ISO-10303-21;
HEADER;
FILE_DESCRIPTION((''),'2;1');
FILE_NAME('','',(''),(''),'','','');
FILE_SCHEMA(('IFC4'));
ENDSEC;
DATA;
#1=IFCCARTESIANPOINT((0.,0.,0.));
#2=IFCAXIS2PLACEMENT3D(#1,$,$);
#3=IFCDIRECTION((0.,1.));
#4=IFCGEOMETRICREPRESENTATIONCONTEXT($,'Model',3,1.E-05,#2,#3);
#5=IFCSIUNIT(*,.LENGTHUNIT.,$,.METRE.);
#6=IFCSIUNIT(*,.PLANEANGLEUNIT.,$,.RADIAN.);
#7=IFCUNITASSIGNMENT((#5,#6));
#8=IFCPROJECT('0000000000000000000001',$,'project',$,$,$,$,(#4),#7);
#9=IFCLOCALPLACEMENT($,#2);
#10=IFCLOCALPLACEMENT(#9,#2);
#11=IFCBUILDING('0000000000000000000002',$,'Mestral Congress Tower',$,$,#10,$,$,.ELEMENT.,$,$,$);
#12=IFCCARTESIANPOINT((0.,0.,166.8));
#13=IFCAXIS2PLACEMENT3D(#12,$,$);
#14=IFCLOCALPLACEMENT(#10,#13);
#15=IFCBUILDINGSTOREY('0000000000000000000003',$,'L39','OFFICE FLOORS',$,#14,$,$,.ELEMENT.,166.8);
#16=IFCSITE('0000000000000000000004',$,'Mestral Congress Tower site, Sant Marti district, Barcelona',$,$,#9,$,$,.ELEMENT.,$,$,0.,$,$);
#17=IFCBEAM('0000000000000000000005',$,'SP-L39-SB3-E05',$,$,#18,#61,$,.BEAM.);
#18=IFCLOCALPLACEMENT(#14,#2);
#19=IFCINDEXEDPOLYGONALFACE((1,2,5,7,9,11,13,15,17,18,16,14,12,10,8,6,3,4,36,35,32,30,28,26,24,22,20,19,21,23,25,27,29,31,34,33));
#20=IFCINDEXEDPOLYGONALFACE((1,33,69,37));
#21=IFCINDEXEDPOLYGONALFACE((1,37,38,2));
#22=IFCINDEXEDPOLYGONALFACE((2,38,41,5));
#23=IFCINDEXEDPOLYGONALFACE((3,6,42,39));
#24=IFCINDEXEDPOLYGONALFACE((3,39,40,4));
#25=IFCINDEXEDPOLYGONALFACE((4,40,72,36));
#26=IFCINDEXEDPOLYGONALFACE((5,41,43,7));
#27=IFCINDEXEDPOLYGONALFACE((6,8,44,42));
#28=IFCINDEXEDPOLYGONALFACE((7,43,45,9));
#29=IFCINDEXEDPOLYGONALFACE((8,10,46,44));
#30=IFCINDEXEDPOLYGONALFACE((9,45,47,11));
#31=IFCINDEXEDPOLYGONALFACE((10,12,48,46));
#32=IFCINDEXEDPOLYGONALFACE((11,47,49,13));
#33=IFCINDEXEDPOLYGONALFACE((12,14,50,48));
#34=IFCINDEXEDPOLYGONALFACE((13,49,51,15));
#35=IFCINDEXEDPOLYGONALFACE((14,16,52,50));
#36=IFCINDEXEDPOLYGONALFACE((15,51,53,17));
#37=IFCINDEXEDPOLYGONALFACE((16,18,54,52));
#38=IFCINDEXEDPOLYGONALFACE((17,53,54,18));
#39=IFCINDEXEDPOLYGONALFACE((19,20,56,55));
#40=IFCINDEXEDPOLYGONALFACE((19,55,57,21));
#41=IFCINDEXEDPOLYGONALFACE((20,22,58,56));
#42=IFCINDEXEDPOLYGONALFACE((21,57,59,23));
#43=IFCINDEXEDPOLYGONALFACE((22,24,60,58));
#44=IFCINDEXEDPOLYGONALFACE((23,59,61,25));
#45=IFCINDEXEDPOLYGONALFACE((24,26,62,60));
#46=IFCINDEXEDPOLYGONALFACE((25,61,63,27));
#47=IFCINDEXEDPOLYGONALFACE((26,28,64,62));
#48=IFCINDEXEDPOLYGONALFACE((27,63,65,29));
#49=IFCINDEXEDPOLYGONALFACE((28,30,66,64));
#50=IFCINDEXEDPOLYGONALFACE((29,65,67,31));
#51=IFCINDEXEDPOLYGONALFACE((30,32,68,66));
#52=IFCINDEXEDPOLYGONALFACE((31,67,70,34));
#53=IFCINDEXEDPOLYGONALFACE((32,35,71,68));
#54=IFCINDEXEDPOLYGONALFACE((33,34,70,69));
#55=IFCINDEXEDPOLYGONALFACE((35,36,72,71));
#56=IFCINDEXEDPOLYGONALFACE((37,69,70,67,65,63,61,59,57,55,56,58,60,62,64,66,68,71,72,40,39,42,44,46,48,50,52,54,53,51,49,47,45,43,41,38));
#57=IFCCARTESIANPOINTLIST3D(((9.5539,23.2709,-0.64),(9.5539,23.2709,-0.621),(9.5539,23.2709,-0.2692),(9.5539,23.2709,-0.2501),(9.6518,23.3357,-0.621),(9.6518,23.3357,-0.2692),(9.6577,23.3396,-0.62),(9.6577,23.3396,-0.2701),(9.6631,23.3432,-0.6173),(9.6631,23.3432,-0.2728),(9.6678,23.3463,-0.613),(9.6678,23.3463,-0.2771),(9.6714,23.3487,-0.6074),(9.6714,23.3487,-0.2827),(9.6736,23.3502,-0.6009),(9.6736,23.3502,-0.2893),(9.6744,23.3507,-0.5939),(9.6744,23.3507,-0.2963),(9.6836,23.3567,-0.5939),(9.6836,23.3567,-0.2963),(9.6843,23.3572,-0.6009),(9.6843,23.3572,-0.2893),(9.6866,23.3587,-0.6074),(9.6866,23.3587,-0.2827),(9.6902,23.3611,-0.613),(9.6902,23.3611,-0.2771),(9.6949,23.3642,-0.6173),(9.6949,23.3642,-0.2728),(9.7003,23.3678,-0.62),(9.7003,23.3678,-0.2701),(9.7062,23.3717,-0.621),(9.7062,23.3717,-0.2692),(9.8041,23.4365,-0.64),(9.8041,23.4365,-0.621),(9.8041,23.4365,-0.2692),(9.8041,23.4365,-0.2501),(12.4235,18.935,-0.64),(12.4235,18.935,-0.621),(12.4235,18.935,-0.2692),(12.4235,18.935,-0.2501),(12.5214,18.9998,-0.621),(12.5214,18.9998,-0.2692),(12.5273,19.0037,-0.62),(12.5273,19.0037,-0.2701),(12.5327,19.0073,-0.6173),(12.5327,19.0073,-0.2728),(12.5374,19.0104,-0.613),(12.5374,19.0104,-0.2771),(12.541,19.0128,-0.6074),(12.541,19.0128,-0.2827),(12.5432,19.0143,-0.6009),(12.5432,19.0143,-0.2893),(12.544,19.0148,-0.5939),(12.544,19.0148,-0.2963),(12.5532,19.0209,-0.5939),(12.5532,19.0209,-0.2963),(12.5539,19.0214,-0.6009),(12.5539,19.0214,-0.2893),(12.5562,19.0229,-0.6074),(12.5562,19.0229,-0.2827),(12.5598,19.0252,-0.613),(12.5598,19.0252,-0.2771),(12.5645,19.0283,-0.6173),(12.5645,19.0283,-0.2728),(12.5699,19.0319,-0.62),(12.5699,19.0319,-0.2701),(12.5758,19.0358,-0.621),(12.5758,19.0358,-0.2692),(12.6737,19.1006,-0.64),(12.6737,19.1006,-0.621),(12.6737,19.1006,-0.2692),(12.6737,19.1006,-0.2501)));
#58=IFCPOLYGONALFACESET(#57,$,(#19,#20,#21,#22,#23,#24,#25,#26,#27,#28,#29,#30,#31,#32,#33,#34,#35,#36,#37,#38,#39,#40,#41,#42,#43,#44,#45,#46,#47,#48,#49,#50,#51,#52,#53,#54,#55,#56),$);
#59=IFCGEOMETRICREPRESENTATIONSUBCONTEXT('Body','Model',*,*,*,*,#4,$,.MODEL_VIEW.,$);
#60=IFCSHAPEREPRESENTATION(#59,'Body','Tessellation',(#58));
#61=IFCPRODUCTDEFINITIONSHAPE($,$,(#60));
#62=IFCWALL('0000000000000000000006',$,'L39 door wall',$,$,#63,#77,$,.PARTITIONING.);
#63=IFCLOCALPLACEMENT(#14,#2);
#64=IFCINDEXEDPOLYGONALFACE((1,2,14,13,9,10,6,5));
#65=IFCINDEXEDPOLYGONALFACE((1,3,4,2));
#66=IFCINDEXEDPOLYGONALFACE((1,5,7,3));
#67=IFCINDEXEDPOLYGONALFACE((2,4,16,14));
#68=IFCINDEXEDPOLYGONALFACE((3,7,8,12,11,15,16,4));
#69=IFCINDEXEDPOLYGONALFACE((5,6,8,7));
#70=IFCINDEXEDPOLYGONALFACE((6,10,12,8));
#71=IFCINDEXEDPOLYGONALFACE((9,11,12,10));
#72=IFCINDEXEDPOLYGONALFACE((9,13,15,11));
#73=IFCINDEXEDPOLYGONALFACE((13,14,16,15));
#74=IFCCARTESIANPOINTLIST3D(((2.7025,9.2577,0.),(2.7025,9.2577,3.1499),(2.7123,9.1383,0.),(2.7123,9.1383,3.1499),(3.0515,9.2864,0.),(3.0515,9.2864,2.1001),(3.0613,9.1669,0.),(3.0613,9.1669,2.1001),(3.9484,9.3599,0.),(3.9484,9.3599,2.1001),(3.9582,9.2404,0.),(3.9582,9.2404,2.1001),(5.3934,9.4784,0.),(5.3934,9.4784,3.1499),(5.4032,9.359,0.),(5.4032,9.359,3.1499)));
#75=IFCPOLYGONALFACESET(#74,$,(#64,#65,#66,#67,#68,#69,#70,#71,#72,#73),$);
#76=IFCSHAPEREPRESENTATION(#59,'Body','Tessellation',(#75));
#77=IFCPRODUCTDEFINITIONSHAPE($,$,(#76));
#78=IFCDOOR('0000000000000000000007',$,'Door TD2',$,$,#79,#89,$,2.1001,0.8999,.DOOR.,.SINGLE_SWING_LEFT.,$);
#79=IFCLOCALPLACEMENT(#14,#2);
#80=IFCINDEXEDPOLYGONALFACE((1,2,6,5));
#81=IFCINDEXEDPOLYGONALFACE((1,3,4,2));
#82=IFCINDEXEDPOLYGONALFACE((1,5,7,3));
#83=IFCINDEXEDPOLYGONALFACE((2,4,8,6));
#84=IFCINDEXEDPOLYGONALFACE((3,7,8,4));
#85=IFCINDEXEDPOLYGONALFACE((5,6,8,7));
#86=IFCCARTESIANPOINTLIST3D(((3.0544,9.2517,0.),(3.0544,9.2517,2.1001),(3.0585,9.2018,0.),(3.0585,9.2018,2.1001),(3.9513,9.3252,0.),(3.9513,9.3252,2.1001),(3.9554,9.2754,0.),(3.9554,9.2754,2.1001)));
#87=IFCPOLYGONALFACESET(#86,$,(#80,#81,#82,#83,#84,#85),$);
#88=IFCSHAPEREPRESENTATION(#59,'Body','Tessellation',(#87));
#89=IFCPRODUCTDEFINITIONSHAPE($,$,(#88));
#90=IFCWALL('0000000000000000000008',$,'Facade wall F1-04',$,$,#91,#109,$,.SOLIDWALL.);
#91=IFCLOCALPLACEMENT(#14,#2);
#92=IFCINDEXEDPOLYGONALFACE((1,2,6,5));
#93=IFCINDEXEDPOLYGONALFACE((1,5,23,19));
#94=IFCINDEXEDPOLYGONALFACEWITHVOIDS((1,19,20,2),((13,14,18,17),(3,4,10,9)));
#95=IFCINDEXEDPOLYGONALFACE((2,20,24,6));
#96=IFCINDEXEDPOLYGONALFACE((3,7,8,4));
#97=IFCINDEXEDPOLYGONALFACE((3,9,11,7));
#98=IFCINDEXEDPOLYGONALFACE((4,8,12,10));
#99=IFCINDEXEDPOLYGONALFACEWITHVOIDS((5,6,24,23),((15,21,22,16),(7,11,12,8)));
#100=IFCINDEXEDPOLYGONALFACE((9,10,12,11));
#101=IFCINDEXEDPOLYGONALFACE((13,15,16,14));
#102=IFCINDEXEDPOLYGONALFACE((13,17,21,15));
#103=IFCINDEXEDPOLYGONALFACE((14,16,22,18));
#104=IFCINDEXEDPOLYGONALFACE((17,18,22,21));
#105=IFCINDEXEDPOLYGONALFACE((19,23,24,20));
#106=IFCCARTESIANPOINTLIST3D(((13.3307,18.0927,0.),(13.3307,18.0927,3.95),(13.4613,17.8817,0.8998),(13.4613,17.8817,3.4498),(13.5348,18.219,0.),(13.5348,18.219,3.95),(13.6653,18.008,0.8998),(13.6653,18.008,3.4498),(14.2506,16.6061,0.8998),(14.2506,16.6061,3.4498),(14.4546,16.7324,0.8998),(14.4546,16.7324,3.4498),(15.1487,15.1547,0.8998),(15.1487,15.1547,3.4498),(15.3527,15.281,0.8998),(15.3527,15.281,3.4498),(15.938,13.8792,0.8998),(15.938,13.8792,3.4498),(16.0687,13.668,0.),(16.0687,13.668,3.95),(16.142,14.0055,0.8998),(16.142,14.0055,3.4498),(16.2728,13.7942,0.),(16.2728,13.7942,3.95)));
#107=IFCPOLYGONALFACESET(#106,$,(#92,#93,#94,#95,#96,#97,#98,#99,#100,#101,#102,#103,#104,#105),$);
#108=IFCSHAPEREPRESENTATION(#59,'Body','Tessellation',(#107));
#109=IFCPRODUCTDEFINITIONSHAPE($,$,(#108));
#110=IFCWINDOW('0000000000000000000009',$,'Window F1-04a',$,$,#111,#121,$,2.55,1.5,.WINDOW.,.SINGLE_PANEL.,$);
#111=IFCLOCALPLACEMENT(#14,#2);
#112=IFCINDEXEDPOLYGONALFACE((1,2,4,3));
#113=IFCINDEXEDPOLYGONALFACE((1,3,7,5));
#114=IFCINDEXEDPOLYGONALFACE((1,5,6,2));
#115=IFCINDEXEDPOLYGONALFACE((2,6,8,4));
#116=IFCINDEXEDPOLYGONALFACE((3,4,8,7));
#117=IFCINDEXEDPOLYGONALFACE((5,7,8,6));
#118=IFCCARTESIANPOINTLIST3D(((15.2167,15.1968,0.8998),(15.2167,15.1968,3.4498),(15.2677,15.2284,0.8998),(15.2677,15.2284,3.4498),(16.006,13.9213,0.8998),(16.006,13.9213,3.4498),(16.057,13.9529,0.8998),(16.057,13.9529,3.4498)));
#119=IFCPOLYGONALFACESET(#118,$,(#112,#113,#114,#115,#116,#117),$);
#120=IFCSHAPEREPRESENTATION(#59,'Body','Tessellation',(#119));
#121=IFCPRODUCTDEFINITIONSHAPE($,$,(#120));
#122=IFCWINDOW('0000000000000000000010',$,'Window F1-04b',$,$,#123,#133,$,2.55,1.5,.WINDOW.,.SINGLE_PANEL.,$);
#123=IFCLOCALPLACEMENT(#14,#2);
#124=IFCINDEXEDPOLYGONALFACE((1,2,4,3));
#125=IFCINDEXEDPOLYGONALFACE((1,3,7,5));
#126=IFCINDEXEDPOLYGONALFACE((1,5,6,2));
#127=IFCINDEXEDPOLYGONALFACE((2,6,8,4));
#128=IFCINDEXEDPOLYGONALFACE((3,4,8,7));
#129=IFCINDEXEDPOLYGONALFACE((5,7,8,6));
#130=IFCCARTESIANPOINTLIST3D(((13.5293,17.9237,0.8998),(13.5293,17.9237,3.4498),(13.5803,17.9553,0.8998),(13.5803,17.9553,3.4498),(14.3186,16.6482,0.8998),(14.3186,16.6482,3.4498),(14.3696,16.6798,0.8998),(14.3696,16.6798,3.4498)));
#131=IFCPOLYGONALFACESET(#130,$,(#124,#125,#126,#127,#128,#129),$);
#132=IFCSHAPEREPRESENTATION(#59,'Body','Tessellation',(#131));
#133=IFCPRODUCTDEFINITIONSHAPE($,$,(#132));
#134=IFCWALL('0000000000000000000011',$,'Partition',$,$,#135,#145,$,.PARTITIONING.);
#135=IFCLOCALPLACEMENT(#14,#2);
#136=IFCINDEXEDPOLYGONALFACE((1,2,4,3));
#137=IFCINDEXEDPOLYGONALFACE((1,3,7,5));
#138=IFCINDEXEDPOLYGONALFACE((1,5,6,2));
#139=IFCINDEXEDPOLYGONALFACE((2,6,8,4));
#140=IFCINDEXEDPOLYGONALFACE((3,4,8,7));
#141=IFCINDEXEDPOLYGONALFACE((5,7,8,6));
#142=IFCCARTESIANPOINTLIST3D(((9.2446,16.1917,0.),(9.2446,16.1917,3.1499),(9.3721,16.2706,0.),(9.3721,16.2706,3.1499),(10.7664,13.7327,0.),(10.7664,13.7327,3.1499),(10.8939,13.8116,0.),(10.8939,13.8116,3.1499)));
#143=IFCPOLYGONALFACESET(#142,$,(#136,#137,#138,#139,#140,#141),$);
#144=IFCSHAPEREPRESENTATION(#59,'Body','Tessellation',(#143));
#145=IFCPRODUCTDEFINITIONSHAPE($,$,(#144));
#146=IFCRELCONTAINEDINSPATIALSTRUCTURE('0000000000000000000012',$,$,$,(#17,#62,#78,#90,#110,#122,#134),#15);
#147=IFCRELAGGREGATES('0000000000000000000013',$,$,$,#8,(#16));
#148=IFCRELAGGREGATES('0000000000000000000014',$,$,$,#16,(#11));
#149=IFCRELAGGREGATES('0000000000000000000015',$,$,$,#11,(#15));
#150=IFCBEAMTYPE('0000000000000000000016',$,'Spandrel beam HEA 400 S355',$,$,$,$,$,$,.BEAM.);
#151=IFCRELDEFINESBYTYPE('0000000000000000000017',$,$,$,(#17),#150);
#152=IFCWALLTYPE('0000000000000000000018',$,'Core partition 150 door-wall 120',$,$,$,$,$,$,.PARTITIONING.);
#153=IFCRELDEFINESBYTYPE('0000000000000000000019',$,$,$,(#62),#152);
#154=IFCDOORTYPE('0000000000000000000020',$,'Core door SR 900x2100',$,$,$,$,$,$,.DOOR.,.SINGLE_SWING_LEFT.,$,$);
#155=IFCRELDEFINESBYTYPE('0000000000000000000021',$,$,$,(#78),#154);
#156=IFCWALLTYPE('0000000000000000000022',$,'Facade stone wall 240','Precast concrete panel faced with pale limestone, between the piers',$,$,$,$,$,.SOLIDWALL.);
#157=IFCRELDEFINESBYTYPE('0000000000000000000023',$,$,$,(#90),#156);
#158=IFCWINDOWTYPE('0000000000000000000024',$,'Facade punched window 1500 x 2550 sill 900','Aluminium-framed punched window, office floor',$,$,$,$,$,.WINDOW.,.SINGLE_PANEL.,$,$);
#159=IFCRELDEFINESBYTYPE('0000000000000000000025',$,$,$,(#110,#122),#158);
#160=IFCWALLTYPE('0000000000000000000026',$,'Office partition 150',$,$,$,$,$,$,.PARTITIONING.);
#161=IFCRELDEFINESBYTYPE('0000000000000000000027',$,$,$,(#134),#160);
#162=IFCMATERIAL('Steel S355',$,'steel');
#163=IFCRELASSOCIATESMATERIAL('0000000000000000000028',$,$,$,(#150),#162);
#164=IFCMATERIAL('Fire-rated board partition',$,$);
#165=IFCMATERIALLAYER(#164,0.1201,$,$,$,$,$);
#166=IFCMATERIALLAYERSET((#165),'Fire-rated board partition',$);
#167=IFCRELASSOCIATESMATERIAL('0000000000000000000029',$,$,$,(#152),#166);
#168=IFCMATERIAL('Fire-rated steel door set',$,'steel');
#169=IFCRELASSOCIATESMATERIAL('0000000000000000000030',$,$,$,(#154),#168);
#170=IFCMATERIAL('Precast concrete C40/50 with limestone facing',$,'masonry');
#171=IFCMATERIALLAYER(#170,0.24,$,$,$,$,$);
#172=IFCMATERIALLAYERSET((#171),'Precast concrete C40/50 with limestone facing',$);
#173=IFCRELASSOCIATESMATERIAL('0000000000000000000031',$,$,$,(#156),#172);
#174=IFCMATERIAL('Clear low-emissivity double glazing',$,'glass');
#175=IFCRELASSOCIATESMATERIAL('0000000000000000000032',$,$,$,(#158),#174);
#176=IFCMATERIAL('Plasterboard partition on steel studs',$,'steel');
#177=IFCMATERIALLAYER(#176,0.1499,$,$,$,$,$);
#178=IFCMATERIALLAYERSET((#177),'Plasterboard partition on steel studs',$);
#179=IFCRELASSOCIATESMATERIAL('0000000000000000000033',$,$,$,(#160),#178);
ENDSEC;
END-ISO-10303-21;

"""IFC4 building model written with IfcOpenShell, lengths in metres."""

from ifc_helpers import new_model, si_unit, direction, frame, frame_2d, origin, origin_2d, place, context, subcontext, project, spatial, rectangle, i_section, extrude, material, layer, layer_set, material_profile, profile_set, type_object, element, fill, save


model = new_model("IFC4")

# Units and contexts
model_context = context("Model", 3, precision=1e-05, world=origin(), true_north=direction((0.0, 1.0)))
body_context = subcontext(model_context, "Body", "Model", "MODEL_VIEW")
ifc_project = project(units=[si_unit("LENGTHUNIT", "METRE"), si_unit("PLANEANGLEUNIT", "RADIAN")], contexts=[model_context])

# Site, building, storey
site_placement = place(None, origin())
site = spatial("IfcSite", under=ifc_project, at=site_placement, Name="Mestral Congress Tower site, Sant Marti district, Barcelona", CompositionType="ELEMENT", RefElevation=0.0)
building_placement = place(site_placement, origin())
building = spatial("IfcBuilding", under=site, at=building_placement, Name="Mestral Congress Tower", CompositionType="ELEMENT")
storey_placement = place(building_placement, frame((0.0, 0.0, 166.8)))
storey = spatial("IfcBuildingStorey", under=building, at=storey_placement, Name="L39", Description="OFFICE FLOORS", CompositionType="ELEMENT", Elevation=166.8)

# Beam
ifc_material_1 = material(Name="Steel S355", Category="steel")
ifc_material_profile_1 = material_profile(ifc_material_1, i_section(OverallWidth=0.3, OverallDepth=0.3899, WebThickness=0.011, FlangeThickness=0.019, FilletRadius=0.0271, at=origin_2d()), Name="HEA 400")
ifc_profile_set_1 = profile_set([ifc_material_profile_1], Name="Steel S355")
beam_type_1 = type_object("IfcBeamType", Name="Spandrel beam HEA 400 S355", PredefinedType="BEAM", material=ifc_profile_set_1)
for number, where, z_axis, x_axis, name in (
    (1, (12.5486, 19.0178, -0.4451), (-0.551901, 0.833909, 0.0), (-0.833909, -0.551901, 0.0), "SP-L39-SB3-E05"),
):
    element("IfcBeam", number, at=place(storey_placement, frame(where, z_axis=z_axis, x_axis=x_axis)), inside=storey, type_object=beam_type_1, Name=name, PredefinedType="BEAM", context=body_context, shape_type="SweptSolid", body=[
        extrude(i_section(OverallWidth=0.3, OverallDepth=0.3899, WebThickness=0.011, FlangeThickness=0.019, FilletRadius=0.0271, at=origin_2d()), origin(), (0.0, 0.0, 1.0), 5.1995),
    ])

# Wall, opening, door
ifc_material_2 = material(Name="Fire-rated board partition")
ifc_layer_1 = layer(ifc_material_2, 0.1201)
ifc_layer_set_1 = layer_set([ifc_layer_1], Name="Fire-rated board partition")
wall_type_1 = type_object("IfcWallType", Name="Core partition 150 door-wall 120", PredefinedType="PARTITIONING", material=ifc_layer_set_1)
wall_1_placement = place(storey_placement, frame((5.3984, 9.4187, 0.0), z_axis=(0.0, 0.0, 1.0), x_axis=(-0.996653, -0.081743, 0.0)))
wall_1 = element("IfcWall", 2, at=wall_1_placement, inside=storey, type_object=wall_type_1, Name="L39 door wall", PredefinedType="PARTITIONING", context=body_context, shape_type="SweptSolid", body=[
    extrude(rectangle(XDim=2.7, YDim=0.1199, at=frame_2d((1.3501, 0.0))), origin(), (0.0, 0.0, 1.0), 3.1499),
])
opening_1_placement = place(wall_1_placement, frame((1.45, 0.0, 0.0)))
opening_1 = element("IfcOpeningElement", 3, at=opening_1_placement, cuts=wall_1, PredefinedType="OPENING", context=body_context, shape_type="SweptSolid", body=[
    extrude(rectangle(XDim=0.8999, YDim=2.1001, at=frame_2d((0.45, 1.05))), frame((0.0, 0.0698, 0.0), z_axis=(0.0, -1.0, 0.0), x_axis=(1.0, 0.0, 0.0)), (0.0, 0.0, 1.0), 0.1399),
])
ifc_material_3 = material(Name="Fire-rated steel door set", Category="steel")
door_type_1 = type_object("IfcDoorType", Name="Core door SR 900x2100", OperationType="SINGLE_SWING_LEFT", PredefinedType="DOOR", material=ifc_material_3)
door_1_placement = place(opening_1_placement, origin())
door_1 = element("IfcDoor", 4, at=door_1_placement, inside=storey, type_object=door_type_1, Name="Door TD2", OperationType="SINGLE_SWING_LEFT", OverallHeight=2.1001, OverallWidth=0.8999, PredefinedType="DOOR", context=body_context, shape_type="SweptSolid", body=[
    extrude(rectangle(XDim=0.8999, YDim=2.1001, at=frame_2d((0.45, 1.05))), frame((0.0, 0.0249, 0.0), z_axis=(0.0, -1.0, 0.0), x_axis=(1.0, 0.0, 0.0)), (0.0, 0.0, 1.0), 0.05),
])
fill(opening_1, door_1)

# Wall, openings, windows
ifc_material_4 = material(Name="Precast concrete C40/50 with limestone facing", Category="masonry")
ifc_layer_2 = layer(ifc_material_4, 0.24)
ifc_layer_set_2 = layer_set([ifc_layer_2], Name="Precast concrete C40/50 with limestone facing")
wall_type_2 = type_object("IfcWallType", Name="Facade stone wall 240", Description="Precast concrete panel faced with pale limestone, between the piers", PredefinedType="SOLIDWALL", material=ifc_layer_set_2)
wall_2_placement = place(storey_placement, frame((16.1707, 13.7312, 0.0), z_axis=(0.0, 0.0, 1.0), x_axis=(-0.526198, 0.850362, 0.0)))
wall_2 = element("IfcWall", 5, at=wall_2_placement, inside=storey, type_object=wall_type_2, Name="Facade wall F1-04", PredefinedType="SOLIDWALL", context=body_context, shape_type="SweptSolid", body=[
    extrude(rectangle(XDim=5.2034, YDim=0.24, at=frame_2d((2.6016, 0.0))), origin(), (0.0, 0.0, 1.0), 3.95),
])
opening_2_placement = place(wall_2_placement, frame((0.2483, 0.0, 0.8999)))
opening_2 = element("IfcOpeningElement", 6, at=opening_2_placement, cuts=wall_2, PredefinedType="OPENING", context=body_context, shape_type="SweptSolid", body=[
    extrude(rectangle(XDim=1.5, YDim=2.55, at=frame_2d((0.75, 1.2749))), frame((0.0, 0.1299, 0.0), z_axis=(0.0, -1.0, 0.0), x_axis=(1.0, 0.0, 0.0)), (0.0, 0.0, 1.0), 0.26),
])
opening_3_placement = place(wall_2_placement, frame((3.4551, 0.0, 0.8999)))
opening_3 = element("IfcOpeningElement", 7, at=opening_3_placement, cuts=wall_2, PredefinedType="OPENING", context=body_context, shape_type="SweptSolid", body=[
    extrude(rectangle(XDim=1.5, YDim=2.55, at=frame_2d((0.75, 1.2749))), frame((0.0, 0.1299, 0.0), z_axis=(0.0, -1.0, 0.0), x_axis=(1.0, 0.0, 0.0)), (0.0, 0.0, 1.0), 0.26),
])
ifc_material_5 = material(Name="Clear low-emissivity double glazing", Category="glass")
window_type = type_object("IfcWindowType", Name="Facade punched window 1500 x 2550 sill 900", Description="Aluminium-framed punched window, office floor", PartitioningType="SINGLE_PANEL", PredefinedType="WINDOW", material=ifc_material_5)
window_1_placement = place(opening_2_placement, origin())
window_1 = element("IfcWindow", 8, at=window_1_placement, inside=storey, type_object=window_type, Name="Window F1-04a", OverallHeight=2.55, OverallWidth=1.5, PartitioningType="SINGLE_PANEL", PredefinedType="WINDOW", context=body_context, shape_type="SweptSolid", body=[
    extrude(rectangle(XDim=1.5, YDim=2.55, at=frame_2d((0.75, 1.2749))), frame((0.0, 0.04, 0.0), z_axis=(0.0, -1.0, 0.0), x_axis=(1.0, 0.0, 0.0)), (0.0, 0.0, 1.0), 0.0601),
])
fill(opening_2, window_1)
window_2_placement = place(opening_3_placement, origin())
window_2 = element("IfcWindow", 9, at=window_2_placement, inside=storey, type_object=window_type, Name="Window F1-04b", OverallHeight=2.55, OverallWidth=1.5, PartitioningType="SINGLE_PANEL", PredefinedType="WINDOW", context=body_context, shape_type="SweptSolid", body=[
    extrude(rectangle(XDim=1.5, YDim=2.55, at=frame_2d((0.75, 1.2749))), frame((0.0, 0.04, 0.0), z_axis=(0.0, -1.0, 0.0), x_axis=(1.0, 0.0, 0.0)), (0.0, 0.0, 1.0), 0.0601),
])
fill(opening_3, window_2)

# Wall
ifc_material_6 = material(Name="Plasterboard partition on steel studs", Category="steel")
ifc_layer_3 = layer(ifc_material_6, 0.1499)
ifc_layer_set_3 = layer_set([ifc_layer_3], Name="Plasterboard partition on steel studs")
wall_type_3 = type_object("IfcWallType", Name="Office partition 150", PredefinedType="PARTITIONING", material=ifc_layer_set_3)
wall_3_placement = place(storey_placement, frame((10.8301, 13.7722, 0.0), z_axis=(0.0, 0.0, 1.0), x_axis=(-0.52623, 0.850343, 0.0)))
element("IfcWall", 10, at=wall_3_placement, inside=storey, type_object=wall_type_3, Name="Partition", PredefinedType="PARTITIONING", context=body_context, shape_type="SweptSolid", body=[
    extrude(rectangle(XDim=2.8918, YDim=0.1499, at=frame_2d((1.4458, 0.0))), origin(), (0.0, 0.0, 1.0), 3.1499),
])

save(model, "model.ifc")
